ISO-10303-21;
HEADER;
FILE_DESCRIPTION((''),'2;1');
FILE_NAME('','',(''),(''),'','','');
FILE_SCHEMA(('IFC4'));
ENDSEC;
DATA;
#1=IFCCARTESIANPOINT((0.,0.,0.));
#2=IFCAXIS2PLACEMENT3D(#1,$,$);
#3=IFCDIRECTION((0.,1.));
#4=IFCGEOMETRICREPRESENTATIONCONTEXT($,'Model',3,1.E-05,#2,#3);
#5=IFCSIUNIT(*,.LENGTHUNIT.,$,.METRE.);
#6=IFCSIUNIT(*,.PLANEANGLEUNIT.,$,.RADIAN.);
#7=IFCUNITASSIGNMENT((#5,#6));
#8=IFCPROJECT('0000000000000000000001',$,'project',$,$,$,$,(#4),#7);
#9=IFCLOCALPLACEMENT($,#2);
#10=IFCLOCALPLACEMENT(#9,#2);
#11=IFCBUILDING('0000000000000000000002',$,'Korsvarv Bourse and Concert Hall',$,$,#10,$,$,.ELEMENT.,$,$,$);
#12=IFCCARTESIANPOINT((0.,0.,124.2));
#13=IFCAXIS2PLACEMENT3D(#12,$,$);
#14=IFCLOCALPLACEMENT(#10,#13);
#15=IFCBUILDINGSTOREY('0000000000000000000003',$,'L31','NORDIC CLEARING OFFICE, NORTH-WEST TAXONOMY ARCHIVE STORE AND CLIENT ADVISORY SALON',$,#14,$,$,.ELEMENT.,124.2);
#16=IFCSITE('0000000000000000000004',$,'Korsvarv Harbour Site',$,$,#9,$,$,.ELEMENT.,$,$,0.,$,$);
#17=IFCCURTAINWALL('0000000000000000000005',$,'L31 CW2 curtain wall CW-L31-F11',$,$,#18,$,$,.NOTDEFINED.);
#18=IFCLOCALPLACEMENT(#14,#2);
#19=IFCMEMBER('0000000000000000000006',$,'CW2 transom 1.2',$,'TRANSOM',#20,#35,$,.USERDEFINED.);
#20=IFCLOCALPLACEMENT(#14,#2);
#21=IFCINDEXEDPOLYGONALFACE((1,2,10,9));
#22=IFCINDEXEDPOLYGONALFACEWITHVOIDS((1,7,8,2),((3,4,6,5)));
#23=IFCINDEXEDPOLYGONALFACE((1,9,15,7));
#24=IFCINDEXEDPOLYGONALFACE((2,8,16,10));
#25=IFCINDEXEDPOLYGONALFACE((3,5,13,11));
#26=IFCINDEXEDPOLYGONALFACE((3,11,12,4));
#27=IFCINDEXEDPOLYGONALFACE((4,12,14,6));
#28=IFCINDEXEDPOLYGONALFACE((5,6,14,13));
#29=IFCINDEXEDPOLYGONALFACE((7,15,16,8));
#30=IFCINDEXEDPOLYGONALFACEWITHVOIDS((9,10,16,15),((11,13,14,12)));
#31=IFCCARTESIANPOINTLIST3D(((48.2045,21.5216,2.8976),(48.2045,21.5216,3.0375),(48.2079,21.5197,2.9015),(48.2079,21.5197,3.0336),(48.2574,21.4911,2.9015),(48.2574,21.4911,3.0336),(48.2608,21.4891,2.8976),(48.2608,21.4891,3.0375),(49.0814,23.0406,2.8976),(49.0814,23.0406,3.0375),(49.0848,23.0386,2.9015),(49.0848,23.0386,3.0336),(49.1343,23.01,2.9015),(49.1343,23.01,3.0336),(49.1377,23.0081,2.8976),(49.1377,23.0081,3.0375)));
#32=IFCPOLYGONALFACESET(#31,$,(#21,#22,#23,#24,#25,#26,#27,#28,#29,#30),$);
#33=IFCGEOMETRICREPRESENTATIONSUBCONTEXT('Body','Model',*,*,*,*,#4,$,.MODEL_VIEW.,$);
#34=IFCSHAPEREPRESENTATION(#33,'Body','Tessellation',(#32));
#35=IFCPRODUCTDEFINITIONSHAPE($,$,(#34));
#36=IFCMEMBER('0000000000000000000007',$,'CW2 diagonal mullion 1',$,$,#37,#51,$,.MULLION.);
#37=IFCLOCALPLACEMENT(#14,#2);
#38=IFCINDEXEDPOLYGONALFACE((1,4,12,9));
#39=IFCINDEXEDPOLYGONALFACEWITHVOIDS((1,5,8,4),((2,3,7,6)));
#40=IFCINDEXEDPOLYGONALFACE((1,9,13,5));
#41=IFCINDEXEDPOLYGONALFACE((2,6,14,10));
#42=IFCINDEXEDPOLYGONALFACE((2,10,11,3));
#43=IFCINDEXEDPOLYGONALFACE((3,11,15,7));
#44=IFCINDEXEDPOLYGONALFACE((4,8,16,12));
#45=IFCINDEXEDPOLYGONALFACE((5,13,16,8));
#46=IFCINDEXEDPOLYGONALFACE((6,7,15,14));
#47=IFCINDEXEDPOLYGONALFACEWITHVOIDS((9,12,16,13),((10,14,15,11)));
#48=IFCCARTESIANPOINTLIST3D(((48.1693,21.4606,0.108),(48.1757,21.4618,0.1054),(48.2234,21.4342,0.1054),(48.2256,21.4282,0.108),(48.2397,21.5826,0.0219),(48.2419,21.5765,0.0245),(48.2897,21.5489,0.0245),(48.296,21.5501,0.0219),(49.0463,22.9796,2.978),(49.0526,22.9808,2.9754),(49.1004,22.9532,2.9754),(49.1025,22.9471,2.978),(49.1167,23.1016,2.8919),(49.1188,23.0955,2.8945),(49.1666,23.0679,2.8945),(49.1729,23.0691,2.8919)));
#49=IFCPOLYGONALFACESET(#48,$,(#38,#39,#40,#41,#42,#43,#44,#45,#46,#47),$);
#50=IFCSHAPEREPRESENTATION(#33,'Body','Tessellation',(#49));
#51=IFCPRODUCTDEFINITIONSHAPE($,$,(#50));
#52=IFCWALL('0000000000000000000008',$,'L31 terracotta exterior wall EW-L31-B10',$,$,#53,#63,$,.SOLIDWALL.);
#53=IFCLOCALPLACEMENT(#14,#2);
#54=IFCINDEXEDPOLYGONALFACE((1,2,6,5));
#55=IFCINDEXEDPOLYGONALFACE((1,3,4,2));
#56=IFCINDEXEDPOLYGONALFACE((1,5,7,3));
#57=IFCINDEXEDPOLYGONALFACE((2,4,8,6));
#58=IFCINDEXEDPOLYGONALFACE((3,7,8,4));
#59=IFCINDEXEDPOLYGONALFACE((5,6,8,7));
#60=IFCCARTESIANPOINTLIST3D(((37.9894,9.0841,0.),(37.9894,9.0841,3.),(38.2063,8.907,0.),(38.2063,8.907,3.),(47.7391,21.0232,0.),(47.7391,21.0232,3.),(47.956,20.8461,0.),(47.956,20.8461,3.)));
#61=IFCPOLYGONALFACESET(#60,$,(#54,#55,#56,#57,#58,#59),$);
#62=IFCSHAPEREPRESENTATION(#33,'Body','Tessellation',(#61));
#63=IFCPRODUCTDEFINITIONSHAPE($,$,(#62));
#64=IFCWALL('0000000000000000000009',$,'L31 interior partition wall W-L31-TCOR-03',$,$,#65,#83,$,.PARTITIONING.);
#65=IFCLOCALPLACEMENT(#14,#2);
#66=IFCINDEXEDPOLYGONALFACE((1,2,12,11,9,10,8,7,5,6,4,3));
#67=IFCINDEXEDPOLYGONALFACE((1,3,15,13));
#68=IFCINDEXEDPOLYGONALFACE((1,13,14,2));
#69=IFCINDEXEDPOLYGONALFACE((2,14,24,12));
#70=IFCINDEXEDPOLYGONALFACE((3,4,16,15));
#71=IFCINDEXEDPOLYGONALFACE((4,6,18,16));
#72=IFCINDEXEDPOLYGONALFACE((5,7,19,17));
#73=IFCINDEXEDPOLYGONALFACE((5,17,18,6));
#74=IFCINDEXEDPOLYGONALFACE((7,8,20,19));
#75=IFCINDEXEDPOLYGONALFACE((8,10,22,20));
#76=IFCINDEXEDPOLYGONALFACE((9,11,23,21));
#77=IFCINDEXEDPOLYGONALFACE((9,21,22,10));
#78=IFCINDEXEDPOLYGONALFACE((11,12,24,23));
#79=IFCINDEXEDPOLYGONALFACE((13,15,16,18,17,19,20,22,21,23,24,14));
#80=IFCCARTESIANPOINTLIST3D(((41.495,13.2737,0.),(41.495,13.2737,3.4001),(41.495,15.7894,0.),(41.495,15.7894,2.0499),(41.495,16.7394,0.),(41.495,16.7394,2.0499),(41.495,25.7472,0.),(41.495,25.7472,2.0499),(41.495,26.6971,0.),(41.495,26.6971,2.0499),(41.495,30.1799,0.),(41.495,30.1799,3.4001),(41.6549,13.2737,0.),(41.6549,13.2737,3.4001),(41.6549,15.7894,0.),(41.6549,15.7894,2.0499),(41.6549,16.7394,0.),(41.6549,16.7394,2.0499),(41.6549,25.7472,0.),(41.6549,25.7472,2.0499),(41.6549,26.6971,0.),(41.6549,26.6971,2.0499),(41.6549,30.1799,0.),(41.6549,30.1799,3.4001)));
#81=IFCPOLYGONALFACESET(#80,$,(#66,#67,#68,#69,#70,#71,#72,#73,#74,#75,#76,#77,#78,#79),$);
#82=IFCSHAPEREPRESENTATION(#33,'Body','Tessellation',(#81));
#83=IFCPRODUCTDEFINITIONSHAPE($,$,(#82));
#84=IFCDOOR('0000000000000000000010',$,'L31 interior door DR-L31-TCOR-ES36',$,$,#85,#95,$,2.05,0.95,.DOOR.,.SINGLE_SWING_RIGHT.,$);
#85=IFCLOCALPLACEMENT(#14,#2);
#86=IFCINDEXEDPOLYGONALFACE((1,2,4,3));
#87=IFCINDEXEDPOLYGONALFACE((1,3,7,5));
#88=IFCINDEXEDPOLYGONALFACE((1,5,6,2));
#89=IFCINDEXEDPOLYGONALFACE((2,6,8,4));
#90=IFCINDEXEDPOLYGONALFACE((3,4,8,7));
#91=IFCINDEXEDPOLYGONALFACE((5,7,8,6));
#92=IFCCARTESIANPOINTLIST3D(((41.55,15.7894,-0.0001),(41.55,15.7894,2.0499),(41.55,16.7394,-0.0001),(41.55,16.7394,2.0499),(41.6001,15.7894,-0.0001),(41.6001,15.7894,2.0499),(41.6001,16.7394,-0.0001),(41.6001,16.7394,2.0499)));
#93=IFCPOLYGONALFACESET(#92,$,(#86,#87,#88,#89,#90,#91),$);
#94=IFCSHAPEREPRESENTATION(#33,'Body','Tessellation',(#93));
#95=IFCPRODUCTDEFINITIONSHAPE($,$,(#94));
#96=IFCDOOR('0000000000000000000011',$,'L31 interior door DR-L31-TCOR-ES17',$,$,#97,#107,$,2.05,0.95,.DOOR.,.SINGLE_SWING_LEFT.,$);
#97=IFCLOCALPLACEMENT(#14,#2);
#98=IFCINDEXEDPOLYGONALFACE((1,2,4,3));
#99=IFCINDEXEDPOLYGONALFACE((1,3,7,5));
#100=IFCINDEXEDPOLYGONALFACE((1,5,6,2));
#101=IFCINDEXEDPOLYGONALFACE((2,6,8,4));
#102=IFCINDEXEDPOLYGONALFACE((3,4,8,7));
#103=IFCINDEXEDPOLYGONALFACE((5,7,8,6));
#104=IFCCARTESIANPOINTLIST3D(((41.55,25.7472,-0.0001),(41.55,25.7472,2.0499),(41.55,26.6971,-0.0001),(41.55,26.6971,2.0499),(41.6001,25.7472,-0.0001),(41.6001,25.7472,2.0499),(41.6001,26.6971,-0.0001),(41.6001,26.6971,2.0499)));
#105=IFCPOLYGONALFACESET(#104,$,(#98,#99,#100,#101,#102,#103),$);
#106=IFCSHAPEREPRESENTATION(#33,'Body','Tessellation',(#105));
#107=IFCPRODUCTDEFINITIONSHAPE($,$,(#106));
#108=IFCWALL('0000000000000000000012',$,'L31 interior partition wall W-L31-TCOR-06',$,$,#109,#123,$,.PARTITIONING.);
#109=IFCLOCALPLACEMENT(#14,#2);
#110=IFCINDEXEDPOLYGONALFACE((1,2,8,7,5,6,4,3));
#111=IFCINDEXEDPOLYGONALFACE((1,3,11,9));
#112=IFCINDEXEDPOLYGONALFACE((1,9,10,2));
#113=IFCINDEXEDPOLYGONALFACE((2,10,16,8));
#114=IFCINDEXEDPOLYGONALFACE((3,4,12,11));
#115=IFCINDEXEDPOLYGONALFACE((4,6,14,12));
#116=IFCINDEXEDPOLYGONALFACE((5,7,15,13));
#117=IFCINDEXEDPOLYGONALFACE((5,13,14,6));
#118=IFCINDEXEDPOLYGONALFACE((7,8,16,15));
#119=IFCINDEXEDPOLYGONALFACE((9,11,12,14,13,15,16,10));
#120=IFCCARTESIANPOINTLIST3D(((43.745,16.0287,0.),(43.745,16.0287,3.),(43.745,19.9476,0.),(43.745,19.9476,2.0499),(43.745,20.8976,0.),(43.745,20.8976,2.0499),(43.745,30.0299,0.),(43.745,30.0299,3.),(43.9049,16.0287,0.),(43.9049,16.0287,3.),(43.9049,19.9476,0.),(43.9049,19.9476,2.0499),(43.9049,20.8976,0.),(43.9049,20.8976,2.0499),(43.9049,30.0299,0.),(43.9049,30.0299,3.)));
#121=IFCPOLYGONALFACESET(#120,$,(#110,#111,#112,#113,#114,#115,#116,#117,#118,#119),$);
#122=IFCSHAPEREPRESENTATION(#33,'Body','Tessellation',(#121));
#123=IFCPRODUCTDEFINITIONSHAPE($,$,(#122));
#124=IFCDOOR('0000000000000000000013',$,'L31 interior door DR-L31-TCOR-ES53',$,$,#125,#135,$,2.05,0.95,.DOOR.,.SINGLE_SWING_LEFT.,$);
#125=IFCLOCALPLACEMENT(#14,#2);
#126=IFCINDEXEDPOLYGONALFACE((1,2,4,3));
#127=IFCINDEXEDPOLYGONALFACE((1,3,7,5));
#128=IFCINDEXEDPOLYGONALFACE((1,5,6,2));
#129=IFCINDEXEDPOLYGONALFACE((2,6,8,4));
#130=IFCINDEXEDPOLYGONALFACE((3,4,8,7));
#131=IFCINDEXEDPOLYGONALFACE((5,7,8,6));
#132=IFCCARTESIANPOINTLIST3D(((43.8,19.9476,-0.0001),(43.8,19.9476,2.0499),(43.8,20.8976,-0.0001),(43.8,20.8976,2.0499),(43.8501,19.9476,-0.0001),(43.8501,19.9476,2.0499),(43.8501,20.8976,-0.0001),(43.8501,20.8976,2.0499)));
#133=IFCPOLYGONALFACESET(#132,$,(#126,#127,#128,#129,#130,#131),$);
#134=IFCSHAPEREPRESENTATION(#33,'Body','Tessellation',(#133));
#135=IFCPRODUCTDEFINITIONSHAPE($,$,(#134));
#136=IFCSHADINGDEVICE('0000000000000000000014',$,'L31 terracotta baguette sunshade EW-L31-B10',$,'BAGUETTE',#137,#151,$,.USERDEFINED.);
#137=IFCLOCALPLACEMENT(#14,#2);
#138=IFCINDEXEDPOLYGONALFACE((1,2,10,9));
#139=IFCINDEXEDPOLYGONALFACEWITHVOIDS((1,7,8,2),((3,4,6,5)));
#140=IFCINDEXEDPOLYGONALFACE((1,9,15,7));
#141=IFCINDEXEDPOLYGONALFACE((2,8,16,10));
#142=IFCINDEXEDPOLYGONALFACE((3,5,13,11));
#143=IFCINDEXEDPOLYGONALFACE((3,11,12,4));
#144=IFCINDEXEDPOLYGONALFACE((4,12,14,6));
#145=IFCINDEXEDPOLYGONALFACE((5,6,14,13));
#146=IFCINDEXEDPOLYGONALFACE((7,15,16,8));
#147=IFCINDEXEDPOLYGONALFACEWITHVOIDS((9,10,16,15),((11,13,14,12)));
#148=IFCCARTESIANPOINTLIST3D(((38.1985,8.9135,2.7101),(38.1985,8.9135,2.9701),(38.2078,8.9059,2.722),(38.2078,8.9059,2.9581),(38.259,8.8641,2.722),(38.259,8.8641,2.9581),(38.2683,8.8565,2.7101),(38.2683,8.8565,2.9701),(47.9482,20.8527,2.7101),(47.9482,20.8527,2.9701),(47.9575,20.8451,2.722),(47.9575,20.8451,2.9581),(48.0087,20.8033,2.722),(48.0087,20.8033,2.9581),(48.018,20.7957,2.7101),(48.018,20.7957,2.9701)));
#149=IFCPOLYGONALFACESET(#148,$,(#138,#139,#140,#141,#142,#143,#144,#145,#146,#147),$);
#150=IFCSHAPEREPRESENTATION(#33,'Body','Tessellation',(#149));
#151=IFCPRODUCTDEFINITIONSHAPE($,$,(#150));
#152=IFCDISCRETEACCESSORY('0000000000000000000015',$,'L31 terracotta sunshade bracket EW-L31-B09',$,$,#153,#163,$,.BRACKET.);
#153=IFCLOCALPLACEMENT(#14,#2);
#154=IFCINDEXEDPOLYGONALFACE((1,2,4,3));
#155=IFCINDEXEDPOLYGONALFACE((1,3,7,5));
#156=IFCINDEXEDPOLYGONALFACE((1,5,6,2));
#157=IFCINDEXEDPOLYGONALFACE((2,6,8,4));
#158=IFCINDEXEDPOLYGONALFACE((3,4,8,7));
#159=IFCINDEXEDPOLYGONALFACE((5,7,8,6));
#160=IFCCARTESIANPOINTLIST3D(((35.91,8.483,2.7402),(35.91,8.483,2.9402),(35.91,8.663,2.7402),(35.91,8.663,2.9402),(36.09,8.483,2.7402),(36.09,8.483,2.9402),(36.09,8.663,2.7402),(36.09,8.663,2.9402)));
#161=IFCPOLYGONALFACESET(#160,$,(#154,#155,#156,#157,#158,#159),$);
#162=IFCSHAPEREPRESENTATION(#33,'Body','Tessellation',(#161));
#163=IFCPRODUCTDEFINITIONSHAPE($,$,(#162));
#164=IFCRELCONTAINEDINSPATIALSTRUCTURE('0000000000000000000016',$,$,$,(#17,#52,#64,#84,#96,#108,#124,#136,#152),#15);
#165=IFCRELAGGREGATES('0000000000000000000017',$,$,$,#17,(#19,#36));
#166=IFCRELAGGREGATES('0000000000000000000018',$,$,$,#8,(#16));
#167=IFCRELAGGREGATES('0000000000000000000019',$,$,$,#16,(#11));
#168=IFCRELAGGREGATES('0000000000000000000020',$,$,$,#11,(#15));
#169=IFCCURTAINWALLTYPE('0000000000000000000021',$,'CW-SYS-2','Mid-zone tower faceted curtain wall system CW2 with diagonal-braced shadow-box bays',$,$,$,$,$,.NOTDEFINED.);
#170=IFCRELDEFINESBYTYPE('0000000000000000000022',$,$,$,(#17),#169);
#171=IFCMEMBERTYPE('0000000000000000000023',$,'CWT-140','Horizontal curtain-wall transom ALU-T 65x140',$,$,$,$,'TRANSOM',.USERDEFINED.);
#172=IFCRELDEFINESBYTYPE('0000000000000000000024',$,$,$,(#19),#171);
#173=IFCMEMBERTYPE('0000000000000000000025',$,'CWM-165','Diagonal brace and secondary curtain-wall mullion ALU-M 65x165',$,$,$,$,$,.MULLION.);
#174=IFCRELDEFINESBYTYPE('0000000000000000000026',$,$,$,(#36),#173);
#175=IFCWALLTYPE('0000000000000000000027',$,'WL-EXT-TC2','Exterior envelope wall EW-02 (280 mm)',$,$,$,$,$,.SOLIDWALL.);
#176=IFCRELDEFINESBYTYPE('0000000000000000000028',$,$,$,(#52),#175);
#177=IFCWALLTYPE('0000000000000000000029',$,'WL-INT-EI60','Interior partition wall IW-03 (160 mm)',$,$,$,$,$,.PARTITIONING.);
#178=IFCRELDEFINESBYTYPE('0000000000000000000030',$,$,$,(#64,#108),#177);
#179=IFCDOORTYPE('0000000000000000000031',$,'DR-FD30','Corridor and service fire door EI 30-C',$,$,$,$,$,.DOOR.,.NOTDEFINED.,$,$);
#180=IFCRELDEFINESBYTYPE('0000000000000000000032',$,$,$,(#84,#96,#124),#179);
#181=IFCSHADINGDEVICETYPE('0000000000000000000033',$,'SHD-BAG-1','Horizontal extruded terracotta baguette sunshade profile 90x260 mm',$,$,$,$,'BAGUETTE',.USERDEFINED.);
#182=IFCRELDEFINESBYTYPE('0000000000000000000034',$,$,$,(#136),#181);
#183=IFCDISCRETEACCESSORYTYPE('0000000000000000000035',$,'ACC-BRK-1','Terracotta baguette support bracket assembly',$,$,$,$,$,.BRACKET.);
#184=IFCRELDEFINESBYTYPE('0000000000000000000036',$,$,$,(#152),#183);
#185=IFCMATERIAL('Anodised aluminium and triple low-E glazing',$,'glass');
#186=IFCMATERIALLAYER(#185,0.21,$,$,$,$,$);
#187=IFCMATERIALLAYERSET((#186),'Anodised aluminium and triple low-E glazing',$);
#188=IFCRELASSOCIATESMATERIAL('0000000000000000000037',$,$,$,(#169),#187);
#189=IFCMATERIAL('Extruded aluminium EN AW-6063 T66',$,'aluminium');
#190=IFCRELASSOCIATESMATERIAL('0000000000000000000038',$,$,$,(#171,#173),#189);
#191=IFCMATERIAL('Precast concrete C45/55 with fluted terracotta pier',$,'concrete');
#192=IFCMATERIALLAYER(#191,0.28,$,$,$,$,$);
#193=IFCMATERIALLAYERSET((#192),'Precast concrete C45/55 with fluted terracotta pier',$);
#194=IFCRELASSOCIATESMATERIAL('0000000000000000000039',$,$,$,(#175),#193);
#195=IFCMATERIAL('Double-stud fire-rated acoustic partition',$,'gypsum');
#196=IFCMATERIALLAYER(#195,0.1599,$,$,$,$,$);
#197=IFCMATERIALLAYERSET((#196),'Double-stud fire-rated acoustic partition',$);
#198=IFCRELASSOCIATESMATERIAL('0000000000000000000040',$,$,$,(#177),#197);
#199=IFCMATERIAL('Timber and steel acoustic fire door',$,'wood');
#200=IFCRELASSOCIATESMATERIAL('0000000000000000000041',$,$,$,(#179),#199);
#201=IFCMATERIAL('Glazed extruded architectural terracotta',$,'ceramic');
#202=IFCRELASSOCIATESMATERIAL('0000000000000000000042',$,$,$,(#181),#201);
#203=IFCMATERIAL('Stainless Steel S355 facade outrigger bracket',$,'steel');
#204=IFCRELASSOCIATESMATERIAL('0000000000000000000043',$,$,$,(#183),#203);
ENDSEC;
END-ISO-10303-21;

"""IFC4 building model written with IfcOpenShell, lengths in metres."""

from ifc_helpers import new_model, si_unit, direction, frame, frame_2d, origin, origin_2d, place, context, subcontext, project, spatial, rectangle, hollow_rectangle, extrude, source, transform, mapped, material, layer, layer_set, material_profile, profile_set, type_object, element, fill, aggregate, save


model = new_model("IFC4")

# Units and contexts
model_context = context("Model", 3, precision=1e-05, world=origin(), true_north=direction((0.0, 1.0)))
body_context = subcontext(model_context, "Body", "Model", "MODEL_VIEW")
ifc_project = project(units=[si_unit("LENGTHUNIT", "METRE"), si_unit("PLANEANGLEUNIT", "RADIAN")], contexts=[model_context])

# Site, building, storey
site_placement = place(None, origin())
site = spatial("IfcSite", under=ifc_project, at=site_placement, Name="Korsvarv Harbour Site", CompositionType="ELEMENT", RefElevation=0.0)
building_placement = place(site_placement, origin())
building = spatial("IfcBuilding", under=site, at=building_placement, Name="Korsvarv Bourse and Concert Hall", CompositionType="ELEMENT")
storey_placement = place(building_placement, frame((0.0, 0.0, 124.2)))
storey = spatial("IfcBuildingStorey", under=building, at=storey_placement, Name="L31", Description="NORDIC CLEARING OFFICE, NORTH-WEST TAXONOMY ARCHIVE STORE AND CLIENT ADVISORY SALON", CompositionType="ELEMENT", Elevation=124.2)

# Curtain wall, members
ifc_material_1 = material(Name="Anodised aluminium and triple low-E glazing", Category="glass")
ifc_layer_1 = layer(ifc_material_1, 0.21)
ifc_layer_set_1 = layer_set([ifc_layer_1], Name="Anodised aluminium and triple low-E glazing")
curtain_wall_type = type_object("IfcCurtainWallType", Name="CW-SYS-2", Description="Mid-zone tower faceted curtain wall system CW2 with diagonal-braced shadow-box bays", PredefinedType="NOTDEFINED", material=ifc_layer_set_1)
curtain_wall_placement = place(storey_placement, origin())
curtain_wall = element("IfcCurtainWall", 1, at=curtain_wall_placement, inside=storey, type_object=curtain_wall_type, Name="L31 CW2 curtain wall CW-L31-F11", PredefinedType="NOTDEFINED")
ifc_material_2 = material(Name="Extruded aluminium EN AW-6063 T66", Category="aluminium")
ifc_material_profile_1 = material_profile(ifc_material_2, hollow_rectangle(XDim=0.0649, YDim=0.1399, WallThickness=0.0039, at=origin_2d()), Name="ALU-T 65x140")
ifc_profile_set_1 = profile_set([ifc_material_profile_1], Name="Extruded aluminium EN AW-6063 T66")
member_type_1 = type_object("IfcMemberType", Name="CWT-140", Description="Horizontal curtain-wall transom ALU-T 65x140", ElementType="TRANSOM", PredefinedType="USERDEFINED", material=ifc_profile_set_1)
shared_shape_1 = source(origin(), body_context, "Body", "SweptSolid", [
    extrude(hollow_rectangle(XDim=0.0649, YDim=0.1399, WallThickness=0.0039, at=origin_2d()), origin(), (0.0, 0.0, 1.0), 1.7539),
])
member_1_placement = place(storey_placement, frame((48.2327, 21.5054, 2.9675), z_axis=(0.499971, 0.866042, 0.0), x_axis=(-0.866042, 0.499971, 0.0)))
member_1 = element("IfcMember", 2, at=member_1_placement, type_object=member_type_1, Name="CW2 transom 1.2", ObjectType="TRANSOM", PredefinedType="USERDEFINED", context=body_context, shape_type="MappedRepresentation", body=[
    mapped(shared_shape_1, transform((0.0, 0.0, 0.0), scale=1.0)),
])
ifc_material_profile_2 = material_profile(ifc_material_2, hollow_rectangle(XDim=0.0649, YDim=0.165, WallThickness=0.0049, at=origin_2d()), Name="ALU-M 65x165")
ifc_profile_set_2 = profile_set([ifc_material_profile_2], Name="Extruded aluminium EN AW-6063 T66")
member_type_2 = type_object("IfcMemberType", Name="CWM-165", Description="Diagonal brace and secondary curtain-wall mullion ALU-M 65x165", PredefinedType="MULLION", material=ifc_profile_set_2)
shared_shape_2 = source(origin(), body_context, "Body", "SweptSolid", [
    extrude(hollow_rectangle(XDim=0.0649, YDim=0.165, WallThickness=0.0049, at=origin_2d()), origin(), (0.0, 0.0, 1.0), 3.3635),
])
member_2_placement = place(storey_placement, frame((48.2327, 21.5054, 0.0649), z_axis=(0.260715, 0.451606, 0.853276), x_axis=(-0.866042, 0.499971, 0.0)))
member_2 = element("IfcMember", 3, at=member_2_placement, type_object=member_type_2, Name="CW2 diagonal mullion 1", PredefinedType="MULLION", context=body_context, shape_type="MappedRepresentation", body=[
    mapped(shared_shape_2, transform((0.0, 0.0, 0.0), scale=1.0)),
])
aggregate(curtain_wall, [member_1, member_2])

# Wall
ifc_material_3 = material(Name="Precast concrete C45/55 with fluted terracotta pier", Category="concrete")
ifc_layer_2 = layer(ifc_material_3, 0.28)
ifc_layer_set_2 = layer_set([ifc_layer_2], Name="Precast concrete C45/55 with fluted terracotta pier")
wall_type_1 = type_object("IfcWallType", Name="WL-EXT-TC2", Description="Exterior envelope wall EW-02 (280 mm)", PredefinedType="SOLIDWALL", material=ifc_layer_set_2)
wall_1_placement = place(storey_placement, frame((38.0979, 8.9956, 0.0), z_axis=(0.0, 0.0, 1.0), x_axis=(0.632511, 0.774551, 0.0)))
element("IfcWall", 4, at=wall_1_placement, inside=storey, type_object=wall_type_1, Name="L31 terracotta exterior wall EW-L31-B10", PredefinedType="SOLIDWALL", context=body_context, shape_type="SweptSolid", body=[
    extrude(rectangle(XDim=15.4143, YDim=0.28, at=frame_2d((7.707, 0.0))), origin(), (0.0, 0.0, 1.0), 3.0),
])

# Wall, openings, doors
ifc_material_4 = material(Name="Double-stud fire-rated acoustic partition", Category="gypsum")
ifc_layer_3 = layer(ifc_material_4, 0.1599)
ifc_layer_set_3 = layer_set([ifc_layer_3], Name="Double-stud fire-rated acoustic partition")
wall_type_2 = type_object("IfcWallType", Name="WL-INT-EI60", Description="Interior partition wall IW-03 (160 mm)", PredefinedType="PARTITIONING", material=ifc_layer_set_3)
wall_2_placement = place(storey_placement, frame((41.575, 13.2737, 0.0), z_axis=(0.0, 0.0, 1.0), x_axis=(0.0, 1.0, 0.0)))
wall_2 = element("IfcWall", 5, at=wall_2_placement, inside=storey, type_object=wall_type_2, Name="L31 interior partition wall W-L31-TCOR-03", PredefinedType="PARTITIONING", context=body_context, shape_type="SweptSolid", body=[
    extrude(rectangle(XDim=16.9062, YDim=0.1599, at=frame_2d((8.4531, 0.0))), origin(), (0.0, 0.0, 1.0), 3.4001),
])
opening_1_placement = place(wall_2_placement, frame((2.5156, 0.0, 0.0)))
opening_1 = element("IfcOpeningElement", 6, at=opening_1_placement, cuts=wall_2, PredefinedType="OPENING", context=body_context, shape_type="SweptSolid", body=[
    extrude(rectangle(XDim=0.95, YDim=2.05, at=frame_2d((0.4751, 1.0249))), frame((0.0, 0.0898, 0.0), z_axis=(0.0, -1.0, 0.0), x_axis=(1.0, 0.0, 0.0)), (0.0, 0.0, 1.0), 0.1799),
])
opening_2_placement = place(wall_2_placement, frame((12.4734, 0.0, 0.0)))
opening_2 = element("IfcOpeningElement", 7, at=opening_2_placement, cuts=wall_2, PredefinedType="OPENING", context=body_context, shape_type="SweptSolid", body=[
    extrude(rectangle(XDim=0.95, YDim=2.05, at=frame_2d((0.4751, 1.0249))), frame((0.0, 0.0898, 0.0), z_axis=(0.0, -1.0, 0.0), x_axis=(1.0, 0.0, 0.0)), (0.0, 0.0, 1.0), 0.1799),
])
ifc_material_5 = material(Name="Timber and steel acoustic fire door", Category="wood")
door_type = type_object("IfcDoorType", Name="DR-FD30", Description="Corridor and service fire door EI 30-C", OperationType="NOTDEFINED", PredefinedType="DOOR", material=ifc_material_5)
door_1_placement = place(opening_1_placement, origin())
door_1 = element("IfcDoor", 8, at=door_1_placement, inside=storey, type_object=door_type, Name="L31 interior door DR-L31-TCOR-ES36", OperationType="SINGLE_SWING_RIGHT", OverallHeight=2.05, OverallWidth=0.95, PredefinedType="DOOR", context=body_context, shape_type="SweptSolid", body=[
    extrude(rectangle(XDim=0.95, YDim=2.05, at=frame_2d((0.4751, 1.0249))), frame((0.0, 0.0249, 0.0), z_axis=(0.0, -1.0, 0.0), x_axis=(1.0, 0.0, 0.0)), (0.0, 0.0, 1.0), 0.05),
])
fill(opening_1, door_1)
door_2_placement = place(opening_2_placement, origin())
door_2 = element("IfcDoor", 9, at=door_2_placement, inside=storey, type_object=door_type, Name="L31 interior door DR-L31-TCOR-ES17", OperationType="SINGLE_SWING_LEFT", OverallHeight=2.05, OverallWidth=0.95, PredefinedType="DOOR", context=body_context, shape_type="SweptSolid", body=[
    extrude(rectangle(XDim=0.95, YDim=2.05, at=frame_2d((0.4751, 1.0249))), frame((0.0, 0.0249, 0.0), z_axis=(0.0, -1.0, 0.0), x_axis=(1.0, 0.0, 0.0)), (0.0, 0.0, 1.0), 0.05),
])
fill(opening_2, door_2)

# Wall, opening, door
wall_3_placement = place(storey_placement, frame((43.825, 16.0288, 0.0), z_axis=(0.0, 0.0, 1.0), x_axis=(0.0, 1.0, 0.0)))
wall_3 = element("IfcWall", 10, at=wall_3_placement, inside=storey, type_object=wall_type_2, Name="L31 interior partition wall W-L31-TCOR-06", PredefinedType="PARTITIONING", context=body_context, shape_type="SweptSolid", body=[
    extrude(rectangle(XDim=14.0012, YDim=0.1599, at=frame_2d((7.0005, 0.0))), origin(), (0.0, 0.0, 1.0), 3.0),
])
opening_3_placement = place(wall_3_placement, frame((3.9187, 0.0, 0.0)))
opening_3 = element("IfcOpeningElement", 11, at=opening_3_placement, cuts=wall_3, PredefinedType="OPENING", context=body_context, shape_type="SweptSolid", body=[
    extrude(rectangle(XDim=0.95, YDim=2.05, at=frame_2d((0.4751, 1.0249))), frame((0.0, 0.0898, 0.0), z_axis=(0.0, -1.0, 0.0), x_axis=(1.0, 0.0, 0.0)), (0.0, 0.0, 1.0), 0.1799),
])
door_3_placement = place(opening_3_placement, origin())
door_3 = element("IfcDoor", 12, at=door_3_placement, inside=storey, type_object=door_type, Name="L31 interior door DR-L31-TCOR-ES53", OperationType="SINGLE_SWING_LEFT", OverallHeight=2.05, OverallWidth=0.95, PredefinedType="DOOR", context=body_context, shape_type="SweptSolid", body=[
    extrude(rectangle(XDim=0.95, YDim=2.05, at=frame_2d((0.4751, 1.0249))), frame((0.0, 0.0249, 0.0), z_axis=(0.0, -1.0, 0.0), x_axis=(1.0, 0.0, 0.0)), (0.0, 0.0, 1.0), 0.05),
])
fill(opening_3, door_3)

# Shading device
ifc_material_6 = material(Name="Glazed extruded architectural terracotta", Category="ceramic")
ifc_material_profile_3 = material_profile(ifc_material_6, hollow_rectangle(XDim=0.0901, YDim=0.26, WallThickness=0.012, at=origin_2d()), Name="TC-BAG 90x260")
ifc_profile_set_3 = profile_set([ifc_material_profile_3], Name="Glazed extruded architectural terracotta")
shading_device_type = type_object("IfcShadingDeviceType", Name="SHD-BAG-1", Description="Horizontal extruded terracotta baguette sunshade profile 90x260 mm", ElementType="BAGUETTE", PredefinedType="USERDEFINED", material=ifc_profile_set_3)
shared_shape_3 = source(origin(), body_context, "Body", "SweptSolid", [
    extrude(hollow_rectangle(XDim=0.0901, YDim=0.26, WallThickness=0.012, at=origin_2d()), origin(), (0.0, 0.0, 1.0), 15.4143),
])
shading_device_placement = place(storey_placement, frame((38.2334, 8.885, 2.8401), z_axis=(0.632511, 0.774551, 0.0), x_axis=(-0.774551, 0.632511, 0.0)))
element("IfcShadingDevice", 13, at=shading_device_placement, inside=storey, type_object=shading_device_type, Name="L31 terracotta baguette sunshade EW-L31-B10", ObjectType="BAGUETTE", PredefinedType="USERDEFINED", context=body_context, shape_type="MappedRepresentation", body=[
    mapped(shared_shape_3, transform((0.0, 0.0, 0.0), scale=1.0)),
])

# Discrete accessory
ifc_material_7 = material(Name="Stainless Steel S355 facade outrigger bracket", Category="steel")
discrete_accessory_type = type_object("IfcDiscreteAccessoryType", Name="ACC-BRK-1", Description="Terracotta baguette support bracket assembly", PredefinedType="BRACKET", material=ifc_material_7)
shared_shape_4 = source(origin(), body_context, "Body", "SweptSolid", [
    extrude(rectangle(XDim=0.1799, YDim=0.1799, at=origin_2d()), origin(), (0.0, 0.0, 1.0), 0.2),
])
for number, where, z_axis, x_axis, name in (
    (14, (36.0, 8.573, 2.7402), (0.0, 0.0, 1.0), (1.0, 0.0, 0.0), "L31 terracotta sunshade bracket EW-L31-B09"),
):
    element("IfcDiscreteAccessory", number, at=place(storey_placement, frame(where, z_axis=z_axis, x_axis=x_axis)), inside=storey, type_object=discrete_accessory_type, Name=name, PredefinedType="BRACKET", context=body_context, shape_type="MappedRepresentation", body=[
        mapped(shared_shape_4, transform((0.0, 0.0, 0.0), scale=1.0)),
    ])

save(model, "model.ifc")
